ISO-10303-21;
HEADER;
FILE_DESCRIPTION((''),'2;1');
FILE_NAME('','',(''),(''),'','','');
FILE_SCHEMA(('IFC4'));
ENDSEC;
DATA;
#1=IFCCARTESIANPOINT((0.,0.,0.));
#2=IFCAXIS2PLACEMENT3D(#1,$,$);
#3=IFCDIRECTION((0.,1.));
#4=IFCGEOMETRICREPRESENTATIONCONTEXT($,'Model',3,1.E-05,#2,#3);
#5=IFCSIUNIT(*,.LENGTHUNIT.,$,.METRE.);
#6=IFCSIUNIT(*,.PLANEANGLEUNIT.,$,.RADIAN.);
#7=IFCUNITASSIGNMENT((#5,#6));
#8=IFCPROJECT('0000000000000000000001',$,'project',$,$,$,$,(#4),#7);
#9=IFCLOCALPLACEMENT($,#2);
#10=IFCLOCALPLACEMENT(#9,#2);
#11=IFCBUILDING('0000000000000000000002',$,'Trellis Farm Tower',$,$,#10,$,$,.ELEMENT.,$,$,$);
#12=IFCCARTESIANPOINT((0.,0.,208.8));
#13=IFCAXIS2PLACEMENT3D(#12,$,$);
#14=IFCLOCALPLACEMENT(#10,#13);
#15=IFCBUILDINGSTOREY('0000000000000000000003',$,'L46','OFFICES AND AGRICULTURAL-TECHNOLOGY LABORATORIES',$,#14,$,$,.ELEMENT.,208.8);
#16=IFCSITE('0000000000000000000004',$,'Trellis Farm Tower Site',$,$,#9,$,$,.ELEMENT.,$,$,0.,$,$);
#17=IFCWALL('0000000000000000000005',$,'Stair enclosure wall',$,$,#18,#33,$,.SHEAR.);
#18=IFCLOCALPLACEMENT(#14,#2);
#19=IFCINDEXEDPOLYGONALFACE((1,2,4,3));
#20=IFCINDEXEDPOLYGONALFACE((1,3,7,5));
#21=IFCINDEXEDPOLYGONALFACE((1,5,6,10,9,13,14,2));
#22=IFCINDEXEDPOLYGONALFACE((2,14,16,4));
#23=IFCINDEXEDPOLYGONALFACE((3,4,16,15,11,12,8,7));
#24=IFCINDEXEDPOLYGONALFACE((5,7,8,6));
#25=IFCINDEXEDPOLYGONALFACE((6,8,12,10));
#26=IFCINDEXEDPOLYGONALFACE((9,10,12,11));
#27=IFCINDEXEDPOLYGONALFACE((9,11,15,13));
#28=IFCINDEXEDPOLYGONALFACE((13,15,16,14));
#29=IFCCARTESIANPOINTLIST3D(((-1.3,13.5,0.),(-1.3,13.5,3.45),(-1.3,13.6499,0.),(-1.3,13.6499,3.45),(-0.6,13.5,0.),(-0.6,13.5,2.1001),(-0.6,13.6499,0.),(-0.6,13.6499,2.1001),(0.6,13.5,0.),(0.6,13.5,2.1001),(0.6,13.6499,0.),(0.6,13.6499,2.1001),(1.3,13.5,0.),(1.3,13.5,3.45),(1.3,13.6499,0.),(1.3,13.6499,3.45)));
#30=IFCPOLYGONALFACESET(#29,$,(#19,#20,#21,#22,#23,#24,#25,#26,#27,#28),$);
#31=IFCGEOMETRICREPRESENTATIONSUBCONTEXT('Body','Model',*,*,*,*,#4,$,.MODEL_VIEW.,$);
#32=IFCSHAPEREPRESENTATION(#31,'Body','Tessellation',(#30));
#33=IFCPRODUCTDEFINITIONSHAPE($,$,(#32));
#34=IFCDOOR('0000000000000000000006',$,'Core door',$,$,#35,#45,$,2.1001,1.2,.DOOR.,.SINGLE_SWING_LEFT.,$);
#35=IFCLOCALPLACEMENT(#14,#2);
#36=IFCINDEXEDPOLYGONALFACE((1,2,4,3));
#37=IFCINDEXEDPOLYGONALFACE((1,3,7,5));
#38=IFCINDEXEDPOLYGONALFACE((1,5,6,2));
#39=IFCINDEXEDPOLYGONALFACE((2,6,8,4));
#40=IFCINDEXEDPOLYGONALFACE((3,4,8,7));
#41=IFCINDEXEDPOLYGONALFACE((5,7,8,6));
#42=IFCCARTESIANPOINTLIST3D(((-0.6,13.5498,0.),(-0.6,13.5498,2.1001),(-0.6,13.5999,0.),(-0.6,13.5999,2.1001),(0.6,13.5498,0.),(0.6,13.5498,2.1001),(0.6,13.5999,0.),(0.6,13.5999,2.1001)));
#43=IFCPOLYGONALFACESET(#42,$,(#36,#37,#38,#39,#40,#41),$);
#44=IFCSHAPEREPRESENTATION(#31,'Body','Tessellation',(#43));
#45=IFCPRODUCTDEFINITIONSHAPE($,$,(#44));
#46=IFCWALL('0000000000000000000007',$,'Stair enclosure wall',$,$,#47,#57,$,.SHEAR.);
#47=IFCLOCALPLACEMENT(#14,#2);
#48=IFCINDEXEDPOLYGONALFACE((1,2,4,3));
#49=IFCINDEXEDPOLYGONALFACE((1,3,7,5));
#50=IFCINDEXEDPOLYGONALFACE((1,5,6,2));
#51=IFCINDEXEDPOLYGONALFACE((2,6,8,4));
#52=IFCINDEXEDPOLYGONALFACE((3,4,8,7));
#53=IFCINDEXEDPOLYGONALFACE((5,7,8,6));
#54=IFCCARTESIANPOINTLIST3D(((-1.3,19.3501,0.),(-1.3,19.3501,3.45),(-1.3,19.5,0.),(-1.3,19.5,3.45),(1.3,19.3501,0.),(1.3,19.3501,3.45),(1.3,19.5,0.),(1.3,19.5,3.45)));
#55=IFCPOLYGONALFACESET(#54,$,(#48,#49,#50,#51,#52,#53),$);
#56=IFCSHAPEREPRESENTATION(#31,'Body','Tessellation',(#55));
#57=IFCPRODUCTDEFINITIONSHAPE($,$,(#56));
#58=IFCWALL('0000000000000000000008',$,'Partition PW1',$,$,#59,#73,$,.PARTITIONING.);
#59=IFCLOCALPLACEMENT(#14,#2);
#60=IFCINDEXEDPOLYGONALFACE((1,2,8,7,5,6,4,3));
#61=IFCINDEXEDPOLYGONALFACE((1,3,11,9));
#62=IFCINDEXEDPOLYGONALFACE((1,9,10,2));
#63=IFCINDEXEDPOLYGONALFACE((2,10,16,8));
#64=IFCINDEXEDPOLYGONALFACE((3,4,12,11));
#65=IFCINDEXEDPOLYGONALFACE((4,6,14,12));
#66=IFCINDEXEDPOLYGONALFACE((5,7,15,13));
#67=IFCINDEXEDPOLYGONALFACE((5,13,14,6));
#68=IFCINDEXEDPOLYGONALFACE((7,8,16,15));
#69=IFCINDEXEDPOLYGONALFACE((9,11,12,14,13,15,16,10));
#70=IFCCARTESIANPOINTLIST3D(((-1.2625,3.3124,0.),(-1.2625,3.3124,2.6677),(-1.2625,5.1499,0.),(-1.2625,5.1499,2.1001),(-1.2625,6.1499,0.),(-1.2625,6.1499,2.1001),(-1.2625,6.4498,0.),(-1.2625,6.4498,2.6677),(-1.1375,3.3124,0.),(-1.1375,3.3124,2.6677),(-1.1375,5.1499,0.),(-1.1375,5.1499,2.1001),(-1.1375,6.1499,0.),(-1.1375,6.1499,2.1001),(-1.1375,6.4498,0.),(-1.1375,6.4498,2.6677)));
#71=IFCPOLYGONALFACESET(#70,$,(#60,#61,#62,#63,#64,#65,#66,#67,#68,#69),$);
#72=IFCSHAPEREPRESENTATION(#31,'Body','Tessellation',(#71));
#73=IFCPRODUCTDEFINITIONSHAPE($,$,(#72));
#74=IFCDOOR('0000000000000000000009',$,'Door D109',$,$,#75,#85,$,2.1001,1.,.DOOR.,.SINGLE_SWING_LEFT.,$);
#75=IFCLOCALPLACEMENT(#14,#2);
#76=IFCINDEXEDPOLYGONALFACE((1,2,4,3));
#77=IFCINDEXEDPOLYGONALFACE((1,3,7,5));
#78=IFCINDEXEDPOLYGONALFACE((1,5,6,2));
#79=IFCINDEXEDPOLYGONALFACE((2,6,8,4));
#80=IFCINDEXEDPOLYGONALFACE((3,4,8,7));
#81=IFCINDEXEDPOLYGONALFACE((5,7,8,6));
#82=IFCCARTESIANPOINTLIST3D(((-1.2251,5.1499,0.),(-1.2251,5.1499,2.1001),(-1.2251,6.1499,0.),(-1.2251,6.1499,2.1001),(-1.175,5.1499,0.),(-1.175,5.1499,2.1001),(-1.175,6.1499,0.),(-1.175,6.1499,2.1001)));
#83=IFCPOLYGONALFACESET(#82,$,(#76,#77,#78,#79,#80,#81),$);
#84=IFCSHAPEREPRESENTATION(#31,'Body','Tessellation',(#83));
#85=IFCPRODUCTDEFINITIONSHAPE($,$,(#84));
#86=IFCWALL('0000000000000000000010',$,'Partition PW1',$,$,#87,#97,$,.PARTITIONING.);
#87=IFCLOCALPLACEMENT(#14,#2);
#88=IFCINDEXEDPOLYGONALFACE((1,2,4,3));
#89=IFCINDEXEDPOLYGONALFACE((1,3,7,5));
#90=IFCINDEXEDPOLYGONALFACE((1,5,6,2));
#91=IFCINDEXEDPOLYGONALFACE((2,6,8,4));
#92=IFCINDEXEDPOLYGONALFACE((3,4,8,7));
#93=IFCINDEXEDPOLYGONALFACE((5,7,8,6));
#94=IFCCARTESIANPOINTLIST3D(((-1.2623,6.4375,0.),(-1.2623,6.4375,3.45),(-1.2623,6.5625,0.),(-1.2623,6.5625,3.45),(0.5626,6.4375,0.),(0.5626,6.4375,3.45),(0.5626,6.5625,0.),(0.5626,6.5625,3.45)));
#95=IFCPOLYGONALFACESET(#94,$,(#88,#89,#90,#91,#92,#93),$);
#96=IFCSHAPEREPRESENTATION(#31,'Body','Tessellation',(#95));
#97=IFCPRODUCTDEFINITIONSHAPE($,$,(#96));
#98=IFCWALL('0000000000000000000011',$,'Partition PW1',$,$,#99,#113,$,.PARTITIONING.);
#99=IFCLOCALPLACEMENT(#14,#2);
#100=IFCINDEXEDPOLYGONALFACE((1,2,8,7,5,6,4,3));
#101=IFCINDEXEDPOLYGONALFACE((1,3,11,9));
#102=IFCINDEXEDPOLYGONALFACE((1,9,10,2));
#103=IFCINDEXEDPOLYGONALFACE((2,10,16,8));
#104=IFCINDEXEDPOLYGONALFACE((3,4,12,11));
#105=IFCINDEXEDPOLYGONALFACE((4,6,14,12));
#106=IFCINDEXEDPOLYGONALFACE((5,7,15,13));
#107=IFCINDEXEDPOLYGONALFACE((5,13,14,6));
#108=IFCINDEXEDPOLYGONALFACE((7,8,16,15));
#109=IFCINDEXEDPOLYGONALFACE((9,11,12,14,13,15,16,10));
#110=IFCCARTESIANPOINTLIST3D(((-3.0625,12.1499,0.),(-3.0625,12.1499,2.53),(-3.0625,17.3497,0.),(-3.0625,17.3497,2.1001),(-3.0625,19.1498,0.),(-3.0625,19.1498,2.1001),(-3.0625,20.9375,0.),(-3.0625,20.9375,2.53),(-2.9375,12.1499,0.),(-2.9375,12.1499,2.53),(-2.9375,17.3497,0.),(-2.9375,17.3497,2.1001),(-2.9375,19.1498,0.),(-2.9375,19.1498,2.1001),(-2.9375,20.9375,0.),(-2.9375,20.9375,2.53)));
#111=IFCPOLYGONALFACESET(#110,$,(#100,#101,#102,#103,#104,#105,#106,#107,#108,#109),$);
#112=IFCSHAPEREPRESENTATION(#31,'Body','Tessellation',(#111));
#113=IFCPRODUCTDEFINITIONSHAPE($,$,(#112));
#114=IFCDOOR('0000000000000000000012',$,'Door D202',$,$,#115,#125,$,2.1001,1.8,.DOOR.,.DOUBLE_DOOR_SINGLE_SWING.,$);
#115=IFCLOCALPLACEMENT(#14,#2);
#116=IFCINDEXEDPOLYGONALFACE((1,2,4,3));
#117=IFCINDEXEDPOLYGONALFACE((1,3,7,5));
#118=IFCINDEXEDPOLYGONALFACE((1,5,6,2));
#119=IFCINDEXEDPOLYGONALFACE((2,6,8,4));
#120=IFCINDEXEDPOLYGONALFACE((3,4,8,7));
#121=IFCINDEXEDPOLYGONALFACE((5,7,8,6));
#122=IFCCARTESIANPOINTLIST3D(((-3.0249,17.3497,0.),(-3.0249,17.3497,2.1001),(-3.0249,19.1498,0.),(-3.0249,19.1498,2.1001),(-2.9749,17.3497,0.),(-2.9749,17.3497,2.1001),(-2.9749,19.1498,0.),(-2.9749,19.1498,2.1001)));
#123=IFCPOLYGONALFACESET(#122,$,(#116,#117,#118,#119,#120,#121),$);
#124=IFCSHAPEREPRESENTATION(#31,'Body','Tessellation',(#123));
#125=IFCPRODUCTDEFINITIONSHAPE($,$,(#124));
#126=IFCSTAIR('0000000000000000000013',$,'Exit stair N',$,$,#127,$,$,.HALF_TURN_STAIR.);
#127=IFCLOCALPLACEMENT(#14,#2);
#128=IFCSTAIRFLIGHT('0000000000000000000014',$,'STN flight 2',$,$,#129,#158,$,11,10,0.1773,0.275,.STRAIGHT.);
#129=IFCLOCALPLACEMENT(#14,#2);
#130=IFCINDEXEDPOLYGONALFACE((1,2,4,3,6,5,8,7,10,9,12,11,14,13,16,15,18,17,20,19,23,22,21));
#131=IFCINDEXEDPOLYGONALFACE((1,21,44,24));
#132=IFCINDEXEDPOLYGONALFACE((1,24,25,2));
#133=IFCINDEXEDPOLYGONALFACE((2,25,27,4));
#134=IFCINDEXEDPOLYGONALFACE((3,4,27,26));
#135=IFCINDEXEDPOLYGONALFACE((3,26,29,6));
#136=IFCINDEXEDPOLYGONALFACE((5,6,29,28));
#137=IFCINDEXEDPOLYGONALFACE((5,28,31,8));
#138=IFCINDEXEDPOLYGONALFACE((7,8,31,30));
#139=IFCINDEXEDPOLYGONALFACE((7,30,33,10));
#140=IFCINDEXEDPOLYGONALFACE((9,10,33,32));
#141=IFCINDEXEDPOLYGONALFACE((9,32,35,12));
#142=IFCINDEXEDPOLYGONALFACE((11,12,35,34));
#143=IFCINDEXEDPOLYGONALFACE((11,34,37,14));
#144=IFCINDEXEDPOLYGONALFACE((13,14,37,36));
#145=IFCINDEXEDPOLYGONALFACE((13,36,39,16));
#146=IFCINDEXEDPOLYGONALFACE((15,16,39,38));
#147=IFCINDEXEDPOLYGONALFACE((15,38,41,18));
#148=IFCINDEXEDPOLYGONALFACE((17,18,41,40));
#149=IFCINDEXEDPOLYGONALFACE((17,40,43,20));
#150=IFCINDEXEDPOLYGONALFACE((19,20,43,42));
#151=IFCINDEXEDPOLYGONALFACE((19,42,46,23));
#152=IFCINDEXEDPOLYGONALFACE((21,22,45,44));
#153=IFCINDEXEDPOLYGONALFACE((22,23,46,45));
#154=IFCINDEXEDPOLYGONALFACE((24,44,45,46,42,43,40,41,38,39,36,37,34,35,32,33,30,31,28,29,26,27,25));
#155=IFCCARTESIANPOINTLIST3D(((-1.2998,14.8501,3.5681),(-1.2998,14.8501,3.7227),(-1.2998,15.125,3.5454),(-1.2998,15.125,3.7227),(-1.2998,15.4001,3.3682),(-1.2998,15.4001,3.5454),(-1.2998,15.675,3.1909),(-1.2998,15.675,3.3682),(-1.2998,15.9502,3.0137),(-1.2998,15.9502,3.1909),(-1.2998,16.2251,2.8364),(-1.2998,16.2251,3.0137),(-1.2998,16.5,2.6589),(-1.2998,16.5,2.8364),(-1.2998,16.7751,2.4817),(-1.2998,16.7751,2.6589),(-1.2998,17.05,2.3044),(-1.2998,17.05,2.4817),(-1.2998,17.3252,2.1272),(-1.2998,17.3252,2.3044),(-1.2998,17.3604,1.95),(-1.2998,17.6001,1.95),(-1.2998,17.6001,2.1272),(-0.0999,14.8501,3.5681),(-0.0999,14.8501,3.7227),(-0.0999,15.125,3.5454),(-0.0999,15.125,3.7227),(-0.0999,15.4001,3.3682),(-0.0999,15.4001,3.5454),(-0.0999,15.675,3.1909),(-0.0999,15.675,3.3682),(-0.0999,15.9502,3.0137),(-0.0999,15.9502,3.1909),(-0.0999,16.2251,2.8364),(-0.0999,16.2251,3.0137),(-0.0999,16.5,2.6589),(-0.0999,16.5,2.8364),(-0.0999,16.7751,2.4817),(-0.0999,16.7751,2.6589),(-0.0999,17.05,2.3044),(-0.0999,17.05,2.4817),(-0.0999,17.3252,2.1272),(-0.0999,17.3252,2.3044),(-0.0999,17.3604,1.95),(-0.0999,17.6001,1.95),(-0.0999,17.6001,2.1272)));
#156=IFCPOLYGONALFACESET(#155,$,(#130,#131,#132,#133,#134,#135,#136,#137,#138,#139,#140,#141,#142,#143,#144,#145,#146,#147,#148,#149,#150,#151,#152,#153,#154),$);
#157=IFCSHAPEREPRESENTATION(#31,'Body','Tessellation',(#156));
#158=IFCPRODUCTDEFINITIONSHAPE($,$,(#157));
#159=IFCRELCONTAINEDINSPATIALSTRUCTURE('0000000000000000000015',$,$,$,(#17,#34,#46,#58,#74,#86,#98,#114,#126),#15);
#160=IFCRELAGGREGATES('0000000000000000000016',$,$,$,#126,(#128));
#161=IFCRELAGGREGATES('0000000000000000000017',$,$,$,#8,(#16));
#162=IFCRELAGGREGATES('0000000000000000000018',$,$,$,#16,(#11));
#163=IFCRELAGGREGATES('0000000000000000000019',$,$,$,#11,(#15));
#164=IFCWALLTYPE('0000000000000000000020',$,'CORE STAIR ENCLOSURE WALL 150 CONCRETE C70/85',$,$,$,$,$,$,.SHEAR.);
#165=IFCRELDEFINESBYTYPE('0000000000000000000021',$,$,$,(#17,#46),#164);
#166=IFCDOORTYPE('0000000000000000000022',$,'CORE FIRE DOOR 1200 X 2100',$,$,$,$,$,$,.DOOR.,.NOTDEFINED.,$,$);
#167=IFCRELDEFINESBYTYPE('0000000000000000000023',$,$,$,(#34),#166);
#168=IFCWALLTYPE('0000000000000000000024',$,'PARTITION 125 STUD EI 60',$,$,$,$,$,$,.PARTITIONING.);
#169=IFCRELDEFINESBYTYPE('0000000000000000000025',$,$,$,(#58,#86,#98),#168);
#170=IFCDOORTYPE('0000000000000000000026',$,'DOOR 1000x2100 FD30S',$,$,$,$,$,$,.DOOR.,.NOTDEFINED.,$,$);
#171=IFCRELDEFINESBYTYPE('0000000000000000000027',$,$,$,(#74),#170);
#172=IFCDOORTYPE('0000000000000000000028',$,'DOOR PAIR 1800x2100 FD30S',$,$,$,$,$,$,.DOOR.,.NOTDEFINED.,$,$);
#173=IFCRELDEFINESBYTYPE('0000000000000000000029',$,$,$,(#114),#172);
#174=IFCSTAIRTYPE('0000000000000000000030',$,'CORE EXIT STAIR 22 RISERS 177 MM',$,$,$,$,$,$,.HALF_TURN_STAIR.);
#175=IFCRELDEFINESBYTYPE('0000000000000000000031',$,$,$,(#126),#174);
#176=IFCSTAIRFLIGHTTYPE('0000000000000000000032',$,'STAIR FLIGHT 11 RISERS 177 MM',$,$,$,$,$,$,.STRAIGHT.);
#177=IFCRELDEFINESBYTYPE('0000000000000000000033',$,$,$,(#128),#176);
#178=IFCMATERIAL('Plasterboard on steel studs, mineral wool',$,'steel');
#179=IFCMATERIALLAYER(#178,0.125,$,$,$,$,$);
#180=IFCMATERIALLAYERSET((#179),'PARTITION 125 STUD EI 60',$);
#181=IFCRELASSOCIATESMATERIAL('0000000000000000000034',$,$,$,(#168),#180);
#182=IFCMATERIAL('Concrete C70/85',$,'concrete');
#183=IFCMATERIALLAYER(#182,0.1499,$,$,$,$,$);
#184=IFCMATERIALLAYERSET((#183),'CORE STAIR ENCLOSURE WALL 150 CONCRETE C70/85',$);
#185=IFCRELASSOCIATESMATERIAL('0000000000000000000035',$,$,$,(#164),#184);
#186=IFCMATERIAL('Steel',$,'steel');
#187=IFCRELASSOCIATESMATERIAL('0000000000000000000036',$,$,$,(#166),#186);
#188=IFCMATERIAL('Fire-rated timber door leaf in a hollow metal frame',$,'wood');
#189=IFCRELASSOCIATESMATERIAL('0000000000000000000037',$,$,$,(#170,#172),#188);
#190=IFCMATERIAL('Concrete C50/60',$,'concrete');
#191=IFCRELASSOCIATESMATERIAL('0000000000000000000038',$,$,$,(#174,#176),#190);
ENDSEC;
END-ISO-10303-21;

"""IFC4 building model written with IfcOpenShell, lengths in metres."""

from ifc_helpers import new_model, si_unit, direction, frame, frame_2d, origin, place, context, subcontext, project, spatial, polyline, rectangle, outline, extrude, source, transform, mapped, material, layer, layer_set, type_object, element, fill, aggregate, save


model = new_model("IFC4")

# Units and contexts
model_context = context("Model", 3, precision=1e-05, world=origin(), true_north=direction((0.0, 1.0)))
body_context = subcontext(model_context, "Body", "Model", "MODEL_VIEW")
ifc_project = project(units=[si_unit("LENGTHUNIT", "METRE"), si_unit("PLANEANGLEUNIT", "RADIAN")], contexts=[model_context])

# Site, building, storey
site_placement = place(None, origin())
site = spatial("IfcSite", under=ifc_project, at=site_placement, Name="Trellis Farm Tower Site", CompositionType="ELEMENT", RefElevation=0.0)
building_placement = place(site_placement, origin())
building = spatial("IfcBuilding", under=site, at=building_placement, Name="Trellis Farm Tower", CompositionType="ELEMENT")
storey_placement = place(building_placement, frame((0.0, 0.0, 208.8)))
storey = spatial("IfcBuildingStorey", under=building, at=storey_placement, Name="L46", Description="OFFICES AND AGRICULTURAL-TECHNOLOGY LABORATORIES", CompositionType="ELEMENT", Elevation=208.8)

# Shared definitions
ifc_material_1 = material(Name="Concrete C70/85", Category="concrete")

# Shared definitions
placement_1 = place(storey_placement, origin())

# Shared definitions
ifc_material_2 = material(Name="Plasterboard on steel studs, mineral wool", Category="steel")
ifc_layer_1 = layer(ifc_material_2, 0.125)
ifc_layer_set_1 = layer_set([ifc_layer_1], Name="PARTITION 125 STUD EI 60")
wall_type_1 = type_object("IfcWallType", Name="PARTITION 125 STUD EI 60", PredefinedType="PARTITIONING", material=ifc_layer_set_1)

# Wall, opening, door
ifc_layer_2 = layer(ifc_material_1, 0.1499)
ifc_layer_set_2 = layer_set([ifc_layer_2], Name="CORE STAIR ENCLOSURE WALL 150 CONCRETE C70/85")
wall_type_2 = type_object("IfcWallType", Name="CORE STAIR ENCLOSURE WALL 150 CONCRETE C70/85", PredefinedType="SHEAR", material=ifc_layer_set_2)
shared_shape_1 = source(origin(), body_context, "Body", "SweptSolid", [
    extrude(rectangle(XDim=2.6001, YDim=0.1499, at=frame_2d((1.3, 0.0))), origin(), (0.0, 0.0, 1.0), 3.45),
])
wall_1_placement = place(storey_placement, frame((-1.3, 13.575, 0.0), z_axis=(0.0, 0.0, 1.0), x_axis=(1.0, 0.0, 0.0)))
wall_1 = element("IfcWall", 1, at=wall_1_placement, inside=storey, type_object=wall_type_2, Name="Stair enclosure wall", PredefinedType="SHEAR", context=body_context, shape_type="MappedRepresentation", body=[
    mapped(shared_shape_1, transform((0.0, 0.0, 0.0))),
])
shared_shape_2 = source(origin(), body_context, "Body", "SweptSolid", [
    extrude(rectangle(XDim=1.2, YDim=2.1001, at=frame_2d((0.6001, 1.05))), frame((0.0, 0.085, 0.0), z_axis=(0.0, -1.0, 0.0), x_axis=(1.0, 0.0, 0.0)), (0.0, 0.0, 1.0), 0.1699),
])
opening_1_placement = place(wall_1_placement, frame((0.7, 0.0, 0.0)))
opening_1 = element("IfcOpeningElement", 2, at=opening_1_placement, cuts=wall_1, PredefinedType="OPENING", context=body_context, shape_type="MappedRepresentation", body=[
    mapped(shared_shape_2, transform((0.0, 0.0, 0.0))),
])
ifc_material_3 = material(Name="Steel", Category="steel")
door_type_1 = type_object("IfcDoorType", Name="CORE FIRE DOOR 1200 X 2100", OperationType="NOTDEFINED", PredefinedType="DOOR", material=ifc_material_3)
shared_shape_3 = source(origin(), body_context, "Body", "SweptSolid", [
    extrude(rectangle(XDim=1.2, YDim=2.1001, at=frame_2d((0.6001, 1.05))), frame((0.0, 0.0249, 0.0), z_axis=(0.0, -1.0, 0.0), x_axis=(1.0, 0.0, 0.0)), (0.0, 0.0, 1.0), 0.05),
])
door_1_placement = place(opening_1_placement, origin())
door_1 = element("IfcDoor", 3, at=door_1_placement, inside=storey, type_object=door_type_1, Name="Core door", OperationType="SINGLE_SWING_LEFT", OverallHeight=2.1001, OverallWidth=1.2, PredefinedType="DOOR", context=body_context, shape_type="MappedRepresentation", body=[
    mapped(shared_shape_3, transform((0.0, 0.0, 0.0))),
])
fill(opening_1, door_1)

# Wall
wall_2_placement = place(storey_placement, frame((-1.3, 19.425, 0.0), z_axis=(0.0, 0.0, 1.0), x_axis=(1.0, 0.0, 0.0)))
element("IfcWall", 4, at=wall_2_placement, inside=storey, type_object=wall_type_2, Name="Stair enclosure wall", PredefinedType="SHEAR", context=body_context, shape_type="MappedRepresentation", body=[
    mapped(shared_shape_1, transform((0.0, 0.0, 0.0))),
])

# Wall, opening, door
shared_shape_4 = source(origin(), body_context, "Body", "SweptSolid", [
    extrude(rectangle(XDim=3.1375, YDim=0.125, at=frame_2d((1.5688, 0.0))), origin(), (0.0, 0.0, 1.0), 2.6677),
])
wall_3_placement = place(storey_placement, frame((-1.2, 6.45, 0.0), z_axis=(0.0, 0.0, 1.0), x_axis=(0.0, -1.0, 0.0)))
wall_3 = element("IfcWall", 5, at=wall_3_placement, inside=storey, type_object=wall_type_1, Name="Partition PW1", PredefinedType="PARTITIONING", context=body_context, shape_type="MappedRepresentation", body=[
    mapped(shared_shape_4, transform((0.0, 0.0, 0.0))),
])
shared_shape_5 = source(origin(), body_context, "Body", "SweptSolid", [
    extrude(rectangle(XDim=1.0, YDim=2.1001, at=frame_2d((0.5, 1.05))), frame((0.0, 0.0725, 0.0), z_axis=(0.0, -1.0, 0.0), x_axis=(1.0, 0.0, 0.0)), (0.0, 0.0, 1.0), 0.145),
])
opening_2_placement = place(wall_3_placement, frame((0.3, 0.0, 0.0)))
opening_2 = element("IfcOpeningElement", 6, at=opening_2_placement, cuts=wall_3, PredefinedType="OPENING", context=body_context, shape_type="MappedRepresentation", body=[
    mapped(shared_shape_5, transform((0.0, 0.0, 0.0))),
])
ifc_material_4 = material(Name="Fire-rated timber door leaf in a hollow metal frame", Category="wood")
door_type_2 = type_object("IfcDoorType", Name="DOOR 1000x2100 FD30S", OperationType="NOTDEFINED", PredefinedType="DOOR", material=ifc_material_4)
shared_shape_6 = source(origin(), body_context, "Body", "SweptSolid", [
    extrude(rectangle(XDim=1.0, YDim=2.1001, at=frame_2d((0.5, 1.05))), frame((0.0, 0.0249, 0.0), z_axis=(0.0, -1.0, 0.0), x_axis=(1.0, 0.0, 0.0)), (0.0, 0.0, 1.0), 0.05),
])
door_2_placement = place(opening_2_placement, origin())
door_2 = element("IfcDoor", 7, at=door_2_placement, inside=storey, type_object=door_type_2, Name="Door D109", OperationType="SINGLE_SWING_LEFT", OverallHeight=2.1001, OverallWidth=1.0, PredefinedType="DOOR", context=body_context, shape_type="MappedRepresentation", body=[
    mapped(shared_shape_6, transform((0.0, 0.0, 0.0))),
])
fill(opening_2, door_2)

# Wall
shared_shape_7 = source(origin(), body_context, "Body", "SweptSolid", [
    extrude(rectangle(XDim=1.825, YDim=0.125, at=frame_2d((0.9126, 0.0))), origin(), (0.0, 0.0, 1.0), 3.45),
])
wall_4_placement = place(storey_placement, frame((-1.2625, 6.5, 0.0), z_axis=(0.0, 0.0, 1.0), x_axis=(1.0, 0.0, 0.0)))
element("IfcWall", 8, at=wall_4_placement, inside=storey, type_object=wall_type_1, Name="Partition PW1", PredefinedType="PARTITIONING", context=body_context, shape_type="MappedRepresentation", body=[
    mapped(shared_shape_7, transform((0.0, 0.0, 0.0))),
])

# Wall, opening, door
shared_shape_8 = source(origin(), body_context, "Body", "SweptSolid", [
    extrude(rectangle(XDim=8.7876, YDim=0.125, at=frame_2d((4.3938, 0.0))), origin(), (0.0, 0.0, 1.0), 2.53),
])
wall_5_placement = place(storey_placement, frame((-3.0, 12.1499, 0.0), z_axis=(0.0, 0.0, 1.0), x_axis=(0.0, 1.0, 0.0)))
wall_5 = element("IfcWall", 9, at=wall_5_placement, inside=storey, type_object=wall_type_1, Name="Partition PW1", PredefinedType="PARTITIONING", context=body_context, shape_type="MappedRepresentation", body=[
    mapped(shared_shape_8, transform((0.0, 0.0, 0.0))),
])
shared_shape_9 = source(origin(), body_context, "Body", "SweptSolid", [
    extrude(rectangle(XDim=1.8, YDim=2.1001, at=frame_2d((0.8999, 1.05))), frame((0.0, 0.0725, 0.0), z_axis=(0.0, -1.0, 0.0), x_axis=(1.0, 0.0, 0.0)), (0.0, 0.0, 1.0), 0.145),
])
opening_3_placement = place(wall_5_placement, frame((5.2, 0.0, 0.0)))
opening_3 = element("IfcOpeningElement", 10, at=opening_3_placement, cuts=wall_5, PredefinedType="OPENING", context=body_context, shape_type="MappedRepresentation", body=[
    mapped(shared_shape_9, transform((0.0, 0.0, 0.0))),
])
door_type_3 = type_object("IfcDoorType", Name="DOOR PAIR 1800x2100 FD30S", OperationType="NOTDEFINED", PredefinedType="DOOR", material=ifc_material_4)
shared_shape_10 = source(origin(), body_context, "Body", "SweptSolid", [
    extrude(rectangle(XDim=1.8, YDim=2.1001, at=frame_2d((0.8999, 1.05))), frame((0.0, 0.0249, 0.0), z_axis=(0.0, -1.0, 0.0), x_axis=(1.0, 0.0, 0.0)), (0.0, 0.0, 1.0), 0.05),
])
door_3_placement = place(opening_3_placement, origin())
door_3 = element("IfcDoor", 11, at=door_3_placement, inside=storey, type_object=door_type_3, Name="Door D202", OperationType="DOUBLE_DOOR_SINGLE_SWING", OverallHeight=2.1001, OverallWidth=1.8, PredefinedType="DOOR", context=body_context, shape_type="MappedRepresentation", body=[
    mapped(shared_shape_10, transform((0.0, 0.0, 0.0))),
])
fill(opening_3, door_3)

# Stair, stair flight
ifc_material_5 = material(Name="Concrete C50/60", Category="concrete")
stair_type = type_object("IfcStairType", Name="CORE EXIT STAIR 22 RISERS 177 MM", PredefinedType="HALF_TURN_STAIR", material=ifc_material_5)
stair = element("IfcStair", 12, at=placement_1, inside=storey, type_object=stair_type, Name="Exit stair N", PredefinedType="HALF_TURN_STAIR")
stair_flight_type = type_object("IfcStairFlightType", Name="STAIR FLIGHT 11 RISERS 177 MM", PredefinedType="STRAIGHT", material=ifc_material_5)
shared_shape_11 = source(origin(), body_context, "Body", "SweptSolid", [
    extrude(outline(polyline([(0.0, 0.0), (0.0, 0.1772), (0.2749, 0.1772), (0.2749, 0.3545), (0.55, 0.3545), (0.55, 0.5317), (0.825, 0.5317), (0.825, 0.709), (1.1001, 0.709), (1.1001, 0.8865), (1.375, 0.8865), (1.375, 1.0637), (1.6499, 1.0637), (1.6499, 1.241), (1.925, 1.241), (1.925, 1.4182), (2.2, 1.4182), (2.2, 1.5955), (2.4751, 1.5955), (2.4751, 1.7727), (2.75, 1.7727), (2.75, 1.95), (2.75, 1.6182), (0.2397, 0.0), (0.0, 0.0)])), frame((0.0, 0.6001, 0.0), z_axis=(0.0, -1.0, 0.0), x_axis=(1.0, 0.0, 0.0)), (0.0, 0.0, 1.0), 1.2),
])
stair_flight_placement = place(storey_placement, frame((-0.7, 17.6001, 1.95), z_axis=(0.0, 0.0, 1.0), x_axis=(0.0, -1.0, 0.0)))
stair_flight = element("IfcStairFlight", 13, at=stair_flight_placement, type_object=stair_flight_type, Name="STN flight 2", NumberOfRisers=11, NumberOfTreads=10, PredefinedType="STRAIGHT", RiserHeight=0.1773, TreadLength=0.275, context=body_context, shape_type="MappedRepresentation", body=[
    mapped(shared_shape_11, transform((0.0, 0.0, 0.0))),
])
aggregate(stair, [stair_flight])

save(model, "model.ifc")
